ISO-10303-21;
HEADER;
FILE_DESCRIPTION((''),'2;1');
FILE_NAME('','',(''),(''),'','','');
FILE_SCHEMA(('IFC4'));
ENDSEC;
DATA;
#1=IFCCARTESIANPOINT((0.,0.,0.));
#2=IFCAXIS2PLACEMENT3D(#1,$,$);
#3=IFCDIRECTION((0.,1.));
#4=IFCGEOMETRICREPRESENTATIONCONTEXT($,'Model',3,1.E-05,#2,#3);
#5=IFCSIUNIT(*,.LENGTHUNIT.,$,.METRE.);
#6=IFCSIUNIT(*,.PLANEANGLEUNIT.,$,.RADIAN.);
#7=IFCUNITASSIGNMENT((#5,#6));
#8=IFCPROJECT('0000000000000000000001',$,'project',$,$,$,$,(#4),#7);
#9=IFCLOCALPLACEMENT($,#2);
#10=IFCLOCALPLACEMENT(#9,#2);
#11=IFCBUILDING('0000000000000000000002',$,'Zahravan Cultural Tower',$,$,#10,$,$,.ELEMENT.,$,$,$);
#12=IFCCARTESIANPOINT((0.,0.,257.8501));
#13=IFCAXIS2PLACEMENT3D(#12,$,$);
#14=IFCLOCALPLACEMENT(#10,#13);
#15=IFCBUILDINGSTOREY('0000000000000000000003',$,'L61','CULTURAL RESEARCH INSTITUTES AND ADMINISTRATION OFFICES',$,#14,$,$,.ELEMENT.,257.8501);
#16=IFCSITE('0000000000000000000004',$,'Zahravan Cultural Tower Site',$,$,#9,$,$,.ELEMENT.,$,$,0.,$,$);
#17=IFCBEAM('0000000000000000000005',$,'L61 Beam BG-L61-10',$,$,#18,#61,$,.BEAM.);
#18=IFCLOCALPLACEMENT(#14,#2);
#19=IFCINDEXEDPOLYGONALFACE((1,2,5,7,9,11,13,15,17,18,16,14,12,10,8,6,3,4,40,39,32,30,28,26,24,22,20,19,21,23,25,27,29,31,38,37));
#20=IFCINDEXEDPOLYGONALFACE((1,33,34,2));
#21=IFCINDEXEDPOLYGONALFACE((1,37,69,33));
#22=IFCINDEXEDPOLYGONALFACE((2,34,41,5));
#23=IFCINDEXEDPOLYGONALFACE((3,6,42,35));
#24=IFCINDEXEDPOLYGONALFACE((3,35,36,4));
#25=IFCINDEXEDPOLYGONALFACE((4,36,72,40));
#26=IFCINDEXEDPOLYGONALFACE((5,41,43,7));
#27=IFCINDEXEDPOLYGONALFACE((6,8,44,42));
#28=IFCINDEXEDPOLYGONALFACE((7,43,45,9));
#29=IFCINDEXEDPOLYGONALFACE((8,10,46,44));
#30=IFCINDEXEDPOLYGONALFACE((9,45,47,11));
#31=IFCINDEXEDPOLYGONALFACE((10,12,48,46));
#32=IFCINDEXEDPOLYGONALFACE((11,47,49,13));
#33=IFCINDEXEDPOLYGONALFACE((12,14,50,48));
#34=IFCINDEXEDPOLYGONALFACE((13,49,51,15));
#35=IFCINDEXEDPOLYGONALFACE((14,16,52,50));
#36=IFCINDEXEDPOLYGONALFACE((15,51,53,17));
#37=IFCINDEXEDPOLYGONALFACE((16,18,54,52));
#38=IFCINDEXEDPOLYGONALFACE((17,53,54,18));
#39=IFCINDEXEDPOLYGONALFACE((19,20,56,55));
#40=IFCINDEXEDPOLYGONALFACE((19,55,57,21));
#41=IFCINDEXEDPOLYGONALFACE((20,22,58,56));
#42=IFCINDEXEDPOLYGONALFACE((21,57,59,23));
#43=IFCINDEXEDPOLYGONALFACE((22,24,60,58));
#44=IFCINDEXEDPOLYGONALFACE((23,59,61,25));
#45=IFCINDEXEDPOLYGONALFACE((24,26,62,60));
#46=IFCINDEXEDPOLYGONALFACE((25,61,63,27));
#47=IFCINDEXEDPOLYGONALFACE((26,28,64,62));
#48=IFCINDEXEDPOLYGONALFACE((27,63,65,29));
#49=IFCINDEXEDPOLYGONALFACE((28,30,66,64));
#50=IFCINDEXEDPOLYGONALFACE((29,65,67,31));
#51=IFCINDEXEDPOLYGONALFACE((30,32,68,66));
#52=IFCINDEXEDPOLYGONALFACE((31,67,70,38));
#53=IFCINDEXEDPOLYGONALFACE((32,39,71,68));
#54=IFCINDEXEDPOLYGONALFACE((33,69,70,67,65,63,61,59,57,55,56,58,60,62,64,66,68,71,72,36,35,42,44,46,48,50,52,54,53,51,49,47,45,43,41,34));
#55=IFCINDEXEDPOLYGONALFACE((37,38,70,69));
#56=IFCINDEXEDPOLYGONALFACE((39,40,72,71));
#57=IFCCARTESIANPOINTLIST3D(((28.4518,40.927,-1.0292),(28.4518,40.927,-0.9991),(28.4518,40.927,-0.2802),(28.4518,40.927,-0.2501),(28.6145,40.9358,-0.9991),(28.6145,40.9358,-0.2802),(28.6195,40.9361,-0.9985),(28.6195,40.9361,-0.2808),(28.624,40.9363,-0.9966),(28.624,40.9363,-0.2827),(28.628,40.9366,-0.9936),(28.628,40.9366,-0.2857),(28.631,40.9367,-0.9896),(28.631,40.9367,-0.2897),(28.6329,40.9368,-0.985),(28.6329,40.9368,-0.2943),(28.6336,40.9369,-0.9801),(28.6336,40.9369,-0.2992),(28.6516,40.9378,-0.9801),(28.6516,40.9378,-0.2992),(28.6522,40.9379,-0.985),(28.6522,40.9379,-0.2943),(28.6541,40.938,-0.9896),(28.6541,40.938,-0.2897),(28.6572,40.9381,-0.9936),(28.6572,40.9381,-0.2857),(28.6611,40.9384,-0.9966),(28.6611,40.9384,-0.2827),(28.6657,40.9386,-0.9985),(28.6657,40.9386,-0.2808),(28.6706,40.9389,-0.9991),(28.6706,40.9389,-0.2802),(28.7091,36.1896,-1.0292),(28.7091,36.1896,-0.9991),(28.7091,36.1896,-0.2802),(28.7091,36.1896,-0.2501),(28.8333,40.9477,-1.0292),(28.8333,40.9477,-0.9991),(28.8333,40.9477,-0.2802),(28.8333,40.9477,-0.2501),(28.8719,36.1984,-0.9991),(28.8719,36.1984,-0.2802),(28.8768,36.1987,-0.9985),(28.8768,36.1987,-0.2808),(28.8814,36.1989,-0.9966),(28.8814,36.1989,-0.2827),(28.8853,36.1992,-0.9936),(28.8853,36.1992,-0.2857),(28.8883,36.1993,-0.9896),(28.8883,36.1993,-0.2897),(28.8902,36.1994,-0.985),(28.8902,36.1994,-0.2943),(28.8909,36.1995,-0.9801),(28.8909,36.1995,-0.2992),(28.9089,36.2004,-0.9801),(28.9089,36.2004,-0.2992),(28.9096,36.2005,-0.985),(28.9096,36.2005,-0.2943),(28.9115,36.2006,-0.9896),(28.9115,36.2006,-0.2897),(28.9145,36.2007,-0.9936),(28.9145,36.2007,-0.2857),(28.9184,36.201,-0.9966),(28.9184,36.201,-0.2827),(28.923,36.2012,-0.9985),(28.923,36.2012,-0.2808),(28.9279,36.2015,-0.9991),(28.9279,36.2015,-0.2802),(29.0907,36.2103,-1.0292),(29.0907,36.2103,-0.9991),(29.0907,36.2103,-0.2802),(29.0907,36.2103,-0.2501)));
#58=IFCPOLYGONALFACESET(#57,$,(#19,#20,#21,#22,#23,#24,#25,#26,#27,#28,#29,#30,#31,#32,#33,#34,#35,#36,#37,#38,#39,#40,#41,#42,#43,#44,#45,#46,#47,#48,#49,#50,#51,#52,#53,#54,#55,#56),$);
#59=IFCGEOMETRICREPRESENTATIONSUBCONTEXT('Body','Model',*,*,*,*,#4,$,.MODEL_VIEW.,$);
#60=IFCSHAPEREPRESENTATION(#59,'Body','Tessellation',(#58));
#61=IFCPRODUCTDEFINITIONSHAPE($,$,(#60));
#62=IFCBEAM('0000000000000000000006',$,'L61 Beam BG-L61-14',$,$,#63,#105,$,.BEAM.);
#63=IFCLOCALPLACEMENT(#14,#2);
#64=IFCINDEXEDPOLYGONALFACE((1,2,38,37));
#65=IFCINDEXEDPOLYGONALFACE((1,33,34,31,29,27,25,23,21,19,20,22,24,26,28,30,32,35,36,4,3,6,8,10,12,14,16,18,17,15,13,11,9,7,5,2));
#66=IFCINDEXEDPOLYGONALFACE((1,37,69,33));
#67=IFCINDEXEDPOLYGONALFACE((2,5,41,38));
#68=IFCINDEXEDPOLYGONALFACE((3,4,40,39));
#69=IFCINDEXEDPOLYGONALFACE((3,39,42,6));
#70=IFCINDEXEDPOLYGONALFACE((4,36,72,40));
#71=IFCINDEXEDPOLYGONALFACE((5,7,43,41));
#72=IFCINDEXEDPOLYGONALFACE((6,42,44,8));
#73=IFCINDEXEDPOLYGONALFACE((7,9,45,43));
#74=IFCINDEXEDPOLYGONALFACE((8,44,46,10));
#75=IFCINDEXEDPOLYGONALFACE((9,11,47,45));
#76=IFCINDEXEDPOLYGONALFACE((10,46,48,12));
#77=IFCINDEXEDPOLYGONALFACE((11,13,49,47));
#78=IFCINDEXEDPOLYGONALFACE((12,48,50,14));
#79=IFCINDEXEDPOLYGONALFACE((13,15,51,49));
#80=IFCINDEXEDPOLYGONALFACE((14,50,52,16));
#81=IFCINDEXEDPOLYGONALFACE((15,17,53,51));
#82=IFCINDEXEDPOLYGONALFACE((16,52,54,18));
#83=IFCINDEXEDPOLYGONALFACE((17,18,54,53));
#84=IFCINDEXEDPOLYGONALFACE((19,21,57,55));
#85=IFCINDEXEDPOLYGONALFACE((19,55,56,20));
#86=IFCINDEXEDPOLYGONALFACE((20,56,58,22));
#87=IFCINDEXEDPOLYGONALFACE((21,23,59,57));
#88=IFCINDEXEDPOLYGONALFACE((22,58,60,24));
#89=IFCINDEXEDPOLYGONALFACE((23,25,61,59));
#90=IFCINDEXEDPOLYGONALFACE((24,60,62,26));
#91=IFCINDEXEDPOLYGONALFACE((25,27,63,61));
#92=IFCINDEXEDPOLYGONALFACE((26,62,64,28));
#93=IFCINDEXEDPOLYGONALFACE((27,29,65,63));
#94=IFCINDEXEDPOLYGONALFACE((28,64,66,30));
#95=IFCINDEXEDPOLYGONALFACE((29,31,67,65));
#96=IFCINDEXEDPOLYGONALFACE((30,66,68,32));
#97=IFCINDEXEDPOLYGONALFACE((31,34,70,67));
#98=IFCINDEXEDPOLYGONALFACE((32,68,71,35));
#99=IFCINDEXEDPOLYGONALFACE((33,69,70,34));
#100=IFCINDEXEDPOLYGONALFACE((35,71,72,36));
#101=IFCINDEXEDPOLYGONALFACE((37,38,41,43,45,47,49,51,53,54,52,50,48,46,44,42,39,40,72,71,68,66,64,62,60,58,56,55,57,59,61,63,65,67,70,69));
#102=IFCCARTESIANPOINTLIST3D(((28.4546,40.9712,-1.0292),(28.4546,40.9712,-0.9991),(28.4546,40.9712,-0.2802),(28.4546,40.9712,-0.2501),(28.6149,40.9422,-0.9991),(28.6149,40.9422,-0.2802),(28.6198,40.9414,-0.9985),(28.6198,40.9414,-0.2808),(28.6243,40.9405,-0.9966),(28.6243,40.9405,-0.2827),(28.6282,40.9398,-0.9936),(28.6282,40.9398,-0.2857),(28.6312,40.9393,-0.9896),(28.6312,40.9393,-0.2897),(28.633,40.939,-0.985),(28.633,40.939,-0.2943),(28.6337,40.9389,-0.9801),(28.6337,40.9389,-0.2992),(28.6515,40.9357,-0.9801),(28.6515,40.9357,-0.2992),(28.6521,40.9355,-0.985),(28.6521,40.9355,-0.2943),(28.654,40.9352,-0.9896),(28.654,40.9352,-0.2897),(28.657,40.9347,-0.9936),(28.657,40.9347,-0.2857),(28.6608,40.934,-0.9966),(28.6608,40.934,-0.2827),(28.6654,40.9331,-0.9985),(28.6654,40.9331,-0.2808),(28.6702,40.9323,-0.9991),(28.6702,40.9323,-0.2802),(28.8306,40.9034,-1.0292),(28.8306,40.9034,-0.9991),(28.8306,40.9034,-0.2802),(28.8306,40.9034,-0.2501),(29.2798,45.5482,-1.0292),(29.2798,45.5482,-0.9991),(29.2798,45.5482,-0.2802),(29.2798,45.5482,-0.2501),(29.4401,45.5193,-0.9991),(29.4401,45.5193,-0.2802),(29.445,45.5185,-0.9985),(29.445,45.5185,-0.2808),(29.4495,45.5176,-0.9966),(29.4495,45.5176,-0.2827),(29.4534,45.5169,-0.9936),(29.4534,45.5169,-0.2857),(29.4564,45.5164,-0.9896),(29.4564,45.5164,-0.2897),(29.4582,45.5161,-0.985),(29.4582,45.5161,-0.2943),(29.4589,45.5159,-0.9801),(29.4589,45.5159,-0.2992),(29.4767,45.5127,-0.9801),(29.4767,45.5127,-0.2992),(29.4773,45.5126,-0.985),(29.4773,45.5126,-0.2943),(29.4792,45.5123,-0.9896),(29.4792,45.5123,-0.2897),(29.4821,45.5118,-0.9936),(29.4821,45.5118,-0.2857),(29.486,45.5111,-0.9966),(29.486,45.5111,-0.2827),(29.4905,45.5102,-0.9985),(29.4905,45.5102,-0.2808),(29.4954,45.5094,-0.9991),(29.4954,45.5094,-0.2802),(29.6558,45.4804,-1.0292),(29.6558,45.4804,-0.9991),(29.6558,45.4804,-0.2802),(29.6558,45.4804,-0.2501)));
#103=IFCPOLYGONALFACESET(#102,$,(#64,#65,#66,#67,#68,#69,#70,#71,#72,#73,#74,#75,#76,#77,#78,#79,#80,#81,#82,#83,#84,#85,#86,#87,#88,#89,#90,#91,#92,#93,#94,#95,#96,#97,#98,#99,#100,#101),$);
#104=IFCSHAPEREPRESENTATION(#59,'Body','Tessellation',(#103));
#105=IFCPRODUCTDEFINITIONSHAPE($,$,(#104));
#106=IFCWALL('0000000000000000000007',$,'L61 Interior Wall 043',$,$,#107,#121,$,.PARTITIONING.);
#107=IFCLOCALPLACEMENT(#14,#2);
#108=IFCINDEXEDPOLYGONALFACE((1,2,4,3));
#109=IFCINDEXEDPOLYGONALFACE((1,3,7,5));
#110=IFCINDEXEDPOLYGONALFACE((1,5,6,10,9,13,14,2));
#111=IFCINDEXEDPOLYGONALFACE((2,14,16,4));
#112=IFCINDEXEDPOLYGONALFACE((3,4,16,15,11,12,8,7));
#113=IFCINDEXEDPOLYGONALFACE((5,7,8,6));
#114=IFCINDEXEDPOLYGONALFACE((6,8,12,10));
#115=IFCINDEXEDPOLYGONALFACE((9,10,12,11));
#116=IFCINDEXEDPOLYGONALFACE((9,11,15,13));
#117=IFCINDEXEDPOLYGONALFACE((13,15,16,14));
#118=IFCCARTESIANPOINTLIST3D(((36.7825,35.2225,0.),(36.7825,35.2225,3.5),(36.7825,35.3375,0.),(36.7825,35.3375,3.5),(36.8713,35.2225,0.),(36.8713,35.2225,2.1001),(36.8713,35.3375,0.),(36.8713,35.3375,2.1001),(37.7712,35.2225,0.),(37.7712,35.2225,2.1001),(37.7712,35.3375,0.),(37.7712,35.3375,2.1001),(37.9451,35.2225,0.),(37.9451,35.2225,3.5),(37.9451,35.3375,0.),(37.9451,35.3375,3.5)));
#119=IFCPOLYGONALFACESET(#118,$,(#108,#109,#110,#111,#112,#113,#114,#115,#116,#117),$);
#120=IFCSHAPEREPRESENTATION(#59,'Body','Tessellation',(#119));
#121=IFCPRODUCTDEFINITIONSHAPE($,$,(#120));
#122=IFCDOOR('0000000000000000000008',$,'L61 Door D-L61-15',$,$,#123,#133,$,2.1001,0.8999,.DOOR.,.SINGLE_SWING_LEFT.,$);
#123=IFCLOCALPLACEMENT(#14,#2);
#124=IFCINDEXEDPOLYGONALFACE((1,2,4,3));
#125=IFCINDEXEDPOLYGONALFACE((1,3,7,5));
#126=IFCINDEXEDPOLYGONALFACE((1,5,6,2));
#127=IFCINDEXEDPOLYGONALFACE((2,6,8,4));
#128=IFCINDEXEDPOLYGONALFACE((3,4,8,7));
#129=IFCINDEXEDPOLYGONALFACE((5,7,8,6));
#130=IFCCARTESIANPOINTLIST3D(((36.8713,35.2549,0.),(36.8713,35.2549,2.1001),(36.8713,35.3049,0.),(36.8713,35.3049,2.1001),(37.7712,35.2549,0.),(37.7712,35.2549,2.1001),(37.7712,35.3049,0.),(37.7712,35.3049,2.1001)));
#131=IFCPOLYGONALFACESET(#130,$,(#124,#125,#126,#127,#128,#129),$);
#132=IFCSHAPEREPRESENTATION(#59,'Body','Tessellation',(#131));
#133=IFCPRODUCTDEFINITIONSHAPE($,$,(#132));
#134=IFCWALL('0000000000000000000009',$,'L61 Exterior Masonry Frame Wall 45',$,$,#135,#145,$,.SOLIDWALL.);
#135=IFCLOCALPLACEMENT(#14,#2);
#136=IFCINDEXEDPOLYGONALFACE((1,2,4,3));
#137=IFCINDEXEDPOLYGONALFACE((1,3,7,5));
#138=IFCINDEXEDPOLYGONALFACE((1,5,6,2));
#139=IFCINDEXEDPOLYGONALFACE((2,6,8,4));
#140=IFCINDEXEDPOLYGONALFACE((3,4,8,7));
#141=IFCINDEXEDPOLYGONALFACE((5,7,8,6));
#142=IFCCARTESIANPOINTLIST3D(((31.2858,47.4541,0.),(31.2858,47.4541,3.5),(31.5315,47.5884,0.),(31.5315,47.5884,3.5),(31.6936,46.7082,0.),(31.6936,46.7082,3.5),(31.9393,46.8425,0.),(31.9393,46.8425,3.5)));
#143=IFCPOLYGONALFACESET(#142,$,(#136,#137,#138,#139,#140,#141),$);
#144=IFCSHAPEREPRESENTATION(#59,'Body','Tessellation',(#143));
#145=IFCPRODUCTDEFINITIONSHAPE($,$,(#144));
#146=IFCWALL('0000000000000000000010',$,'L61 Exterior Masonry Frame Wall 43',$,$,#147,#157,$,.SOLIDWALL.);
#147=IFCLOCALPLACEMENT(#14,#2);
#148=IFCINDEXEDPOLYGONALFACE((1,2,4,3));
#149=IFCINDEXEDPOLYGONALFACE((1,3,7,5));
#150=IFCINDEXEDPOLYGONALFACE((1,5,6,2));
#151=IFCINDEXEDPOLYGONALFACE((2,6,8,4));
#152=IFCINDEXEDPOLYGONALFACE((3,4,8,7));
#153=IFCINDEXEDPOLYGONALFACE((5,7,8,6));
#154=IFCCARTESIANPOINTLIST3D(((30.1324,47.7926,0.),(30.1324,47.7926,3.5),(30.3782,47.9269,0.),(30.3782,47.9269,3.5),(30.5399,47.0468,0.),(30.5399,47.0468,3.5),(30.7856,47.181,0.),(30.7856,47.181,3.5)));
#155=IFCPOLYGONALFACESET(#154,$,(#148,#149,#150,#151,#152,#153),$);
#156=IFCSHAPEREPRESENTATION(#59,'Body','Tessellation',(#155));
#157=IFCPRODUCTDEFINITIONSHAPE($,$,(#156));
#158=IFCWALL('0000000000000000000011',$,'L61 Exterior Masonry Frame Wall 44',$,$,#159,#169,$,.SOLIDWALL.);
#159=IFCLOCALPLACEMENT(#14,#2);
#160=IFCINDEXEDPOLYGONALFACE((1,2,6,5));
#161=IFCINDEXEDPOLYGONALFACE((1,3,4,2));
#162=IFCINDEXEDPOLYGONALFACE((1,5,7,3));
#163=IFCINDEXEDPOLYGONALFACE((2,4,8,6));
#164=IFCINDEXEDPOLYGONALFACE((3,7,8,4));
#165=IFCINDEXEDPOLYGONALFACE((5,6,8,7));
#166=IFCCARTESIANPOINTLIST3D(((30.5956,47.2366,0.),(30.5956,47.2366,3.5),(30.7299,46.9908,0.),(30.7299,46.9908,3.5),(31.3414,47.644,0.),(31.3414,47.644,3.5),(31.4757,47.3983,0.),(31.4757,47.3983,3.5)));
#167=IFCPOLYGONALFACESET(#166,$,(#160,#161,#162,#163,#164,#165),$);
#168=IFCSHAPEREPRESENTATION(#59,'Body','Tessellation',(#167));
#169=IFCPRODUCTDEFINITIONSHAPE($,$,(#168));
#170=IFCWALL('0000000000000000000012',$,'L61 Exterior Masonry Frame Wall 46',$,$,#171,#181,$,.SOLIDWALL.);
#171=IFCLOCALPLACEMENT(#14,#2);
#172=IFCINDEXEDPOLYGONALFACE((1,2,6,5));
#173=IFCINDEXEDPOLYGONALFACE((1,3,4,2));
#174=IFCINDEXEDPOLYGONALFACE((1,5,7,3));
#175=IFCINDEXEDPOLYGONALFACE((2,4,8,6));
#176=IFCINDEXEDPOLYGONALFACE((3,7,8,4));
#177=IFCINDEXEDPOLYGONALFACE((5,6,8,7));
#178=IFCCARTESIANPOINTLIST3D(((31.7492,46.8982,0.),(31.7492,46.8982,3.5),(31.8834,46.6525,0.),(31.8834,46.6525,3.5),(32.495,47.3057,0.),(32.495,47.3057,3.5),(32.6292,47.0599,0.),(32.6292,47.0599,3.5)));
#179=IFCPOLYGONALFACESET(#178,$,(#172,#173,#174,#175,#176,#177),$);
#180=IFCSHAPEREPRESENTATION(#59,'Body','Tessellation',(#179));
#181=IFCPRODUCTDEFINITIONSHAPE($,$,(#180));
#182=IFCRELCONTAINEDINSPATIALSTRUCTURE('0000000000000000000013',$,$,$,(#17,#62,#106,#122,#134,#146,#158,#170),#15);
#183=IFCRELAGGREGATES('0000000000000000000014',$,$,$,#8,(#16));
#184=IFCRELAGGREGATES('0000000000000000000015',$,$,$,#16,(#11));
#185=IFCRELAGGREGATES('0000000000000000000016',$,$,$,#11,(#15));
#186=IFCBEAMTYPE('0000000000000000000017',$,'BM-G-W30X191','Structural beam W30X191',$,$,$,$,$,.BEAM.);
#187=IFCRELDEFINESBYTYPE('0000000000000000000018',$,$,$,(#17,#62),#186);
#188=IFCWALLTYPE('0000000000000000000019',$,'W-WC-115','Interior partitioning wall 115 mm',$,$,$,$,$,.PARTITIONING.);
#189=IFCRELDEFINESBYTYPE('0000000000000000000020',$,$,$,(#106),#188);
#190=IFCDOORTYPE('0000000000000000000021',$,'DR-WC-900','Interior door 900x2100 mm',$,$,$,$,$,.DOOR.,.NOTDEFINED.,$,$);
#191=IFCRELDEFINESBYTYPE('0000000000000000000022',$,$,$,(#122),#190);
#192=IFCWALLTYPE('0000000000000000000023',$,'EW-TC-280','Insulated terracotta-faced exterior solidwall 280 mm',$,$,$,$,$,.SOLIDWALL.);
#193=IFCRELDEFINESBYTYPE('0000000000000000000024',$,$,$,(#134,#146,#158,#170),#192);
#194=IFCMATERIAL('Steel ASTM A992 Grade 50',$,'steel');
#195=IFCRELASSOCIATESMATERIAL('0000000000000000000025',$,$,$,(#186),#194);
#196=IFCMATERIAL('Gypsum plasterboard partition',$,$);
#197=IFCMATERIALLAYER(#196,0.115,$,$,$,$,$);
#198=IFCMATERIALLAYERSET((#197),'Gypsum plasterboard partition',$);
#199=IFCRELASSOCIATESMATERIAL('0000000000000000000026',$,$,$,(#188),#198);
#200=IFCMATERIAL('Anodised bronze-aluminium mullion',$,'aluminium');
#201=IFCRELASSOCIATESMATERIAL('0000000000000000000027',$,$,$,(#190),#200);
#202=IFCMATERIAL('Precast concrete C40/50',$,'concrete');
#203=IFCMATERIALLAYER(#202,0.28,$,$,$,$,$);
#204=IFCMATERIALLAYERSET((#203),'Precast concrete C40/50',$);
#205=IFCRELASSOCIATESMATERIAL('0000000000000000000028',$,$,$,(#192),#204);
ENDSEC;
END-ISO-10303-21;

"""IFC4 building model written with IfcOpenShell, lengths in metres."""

from ifc_helpers import new_model, si_unit, direction, frame, frame_2d, origin, origin_2d, place, context, subcontext, project, spatial, rectangle, i_section, extrude, source, transform, mapped, material, layer, layer_set, material_profile, profile_set, type_object, element, fill, save


model = new_model("IFC4")

# Units and contexts
model_context = context("Model", 3, precision=1e-05, world=origin(), true_north=direction((0.0, 1.0)))
body_context = subcontext(model_context, "Body", "Model", "MODEL_VIEW")
ifc_project = project(units=[si_unit("LENGTHUNIT", "METRE"), si_unit("PLANEANGLEUNIT", "RADIAN")], contexts=[model_context])

# Site, building, storey
site_placement = place(None, origin())
site = spatial("IfcSite", under=ifc_project, at=site_placement, Name="Zahravan Cultural Tower Site", CompositionType="ELEMENT", RefElevation=0.0)
building_placement = place(site_placement, origin())
building = spatial("IfcBuilding", under=site, at=building_placement, Name="Zahravan Cultural Tower", CompositionType="ELEMENT")
storey_placement = place(building_placement, frame((0.0, 0.0, 257.8501)))
storey = spatial("IfcBuildingStorey", under=building, at=storey_placement, Name="L61", Description="CULTURAL RESEARCH INSTITUTES AND ADMINISTRATION OFFICES", CompositionType="ELEMENT", Elevation=257.8501)

# Shared definitions
ifc_material_1 = material(Name="Steel ASTM A992 Grade 50", Category="steel")

# Beams
ifc_material_profile_1 = material_profile(ifc_material_1, i_section(OverallWidth=0.3821, OverallDepth=0.7791, WebThickness=0.0181, FlangeThickness=0.03, FilletRadius=0.019, at=origin_2d()), Name="W30X191")
ifc_profile_set_1 = profile_set([ifc_material_profile_1], Name="Steel ASTM A992 Grade 50")
beam_type_1 = type_object("IfcBeamType", Name="BM-G-W30X191", Description="Structural beam W30X191", PredefinedType="BEAM", material=ifc_profile_set_1)
shared_shape_1 = source(origin(), body_context, "Body", "SweptSolid", [
    extrude(i_section(OverallWidth=0.3821, OverallDepth=0.7791, WebThickness=0.0181, FlangeThickness=0.03, FilletRadius=0.019, at=origin_2d()), origin(), (0.0, 0.0, 1.0), 4.7444),
])
beam_1_placement = place(storey_placement, frame((28.8999, 36.2, -0.6396), z_axis=(-0.054239, 0.998528, 0.0), x_axis=(-0.998528, -0.054239, 0.0)))
element("IfcBeam", 1, at=beam_1_placement, inside=storey, type_object=beam_type_1, Name="L61 Beam BG-L61-10", PredefinedType="BEAM", context=body_context, shape_type="MappedRepresentation", body=[
    mapped(shared_shape_1, transform((0.0, 0.0, 0.0), x_axis=(1.0, 0.0, 0.0), y_axis=(0.0, 1.0, 0.0), z_axis=(0.0, 0.0, 1.0), scale=1.0)),
])
shared_shape_2 = source(origin(), body_context, "Body", "SweptSolid", [
    extrude(i_section(OverallWidth=0.3821, OverallDepth=0.7791, WebThickness=0.0181, FlangeThickness=0.03, FilletRadius=0.019, at=origin_2d()), origin(), (0.0, 0.0, 1.0), 4.6509),
])
beam_2_placement = place(storey_placement, frame((28.6426, 40.9373, -0.6396), z_axis=(0.177426, 0.984134, 0.0), x_axis=(-0.984134, 0.177426, 0.0)))
element("IfcBeam", 2, at=beam_2_placement, inside=storey, type_object=beam_type_1, Name="L61 Beam BG-L61-14", PredefinedType="BEAM", context=body_context, shape_type="MappedRepresentation", body=[
    mapped(shared_shape_2, transform((0.0, 0.0, 0.0), x_axis=(1.0, 0.0, 0.0), y_axis=(0.0, 1.0, 0.0), z_axis=(0.0, 0.0, 1.0), scale=1.0)),
])

# Wall, opening, door
ifc_material_2 = material(Name="Gypsum plasterboard partition")
ifc_layer_1 = layer(ifc_material_2, 0.115)
ifc_layer_set_1 = layer_set([ifc_layer_1], Name="Gypsum plasterboard partition")
wall_type_1 = type_object("IfcWallType", Name="W-WC-115", Description="Interior partitioning wall 115 mm", PredefinedType="PARTITIONING", material=ifc_layer_set_1)
wall_1_placement = place(storey_placement, frame((36.7825, 35.28, 0.0), z_axis=(0.0, 0.0, 1.0), x_axis=(1.0, 0.0, 0.0)))
wall_1 = element("IfcWall", 3, at=wall_1_placement, inside=storey, type_object=wall_type_1, Name="L61 Interior Wall 043", PredefinedType="PARTITIONING", context=body_context, shape_type="SweptSolid", body=[
    extrude(rectangle(XDim=1.1626, YDim=0.115, at=frame_2d((0.5813, 0.0))), origin(), (0.0, 0.0, 1.0), 3.5),
])
opening_placement = place(wall_1_placement, frame((0.0889, 0.0, 0.0)))
opening = element("IfcOpeningElement", 4, at=opening_placement, cuts=wall_1, PredefinedType="OPENING", context=body_context, shape_type="SweptSolid", body=[
    extrude(rectangle(XDim=0.8999, YDim=2.1001, at=frame_2d((0.45, 1.05))), frame((0.0, 0.0674, 0.0), z_axis=(0.0, -1.0, 0.0), x_axis=(1.0, 0.0, 0.0)), (0.0, 0.0, 1.0), 0.135),
])
ifc_material_3 = material(Name="Anodised bronze-aluminium mullion", Category="aluminium")
door_type = type_object("IfcDoorType", Name="DR-WC-900", Description="Interior door 900x2100 mm", OperationType="NOTDEFINED", PredefinedType="DOOR", material=ifc_material_3)
shared_shape_3 = source(origin(), body_context, "Body", "SweptSolid", [
    extrude(rectangle(XDim=0.8999, YDim=2.1001, at=frame_2d((0.45, 1.05))), frame((0.0, 0.0249, 0.0), z_axis=(0.0, -1.0, 0.0), x_axis=(1.0, 0.0, 0.0)), (0.0, 0.0, 1.0), 0.05),
])
door_placement = place(opening_placement, origin())
door = element("IfcDoor", 5, at=door_placement, inside=storey, type_object=door_type, Name="L61 Door D-L61-15", OperationType="SINGLE_SWING_LEFT", OverallHeight=2.1001, OverallWidth=0.8999, PredefinedType="DOOR", context=body_context, shape_type="MappedRepresentation", body=[
    mapped(shared_shape_3, transform((0.0, 0.0, 0.0), x_axis=(1.0, 0.0, 0.0), y_axis=(0.0, 1.0, 0.0), z_axis=(0.0, 0.0, 1.0), scale=1.0)),
])
fill(opening, door)

# Walls
ifc_material_4 = material(Name="Precast concrete C40/50", Category="concrete")
ifc_layer_2 = layer(ifc_material_4, 0.28)
ifc_layer_set_2 = layer_set([ifc_layer_2], Name="Precast concrete C40/50")
wall_type_2 = type_object("IfcWallType", Name="EW-TC-280", Description="Insulated terracotta-faced exterior solidwall 280 mm", PredefinedType="SOLIDWALL", material=ifc_layer_set_2)
shared_shape_4 = source(origin(), body_context, "Body", "SweptSolid", [
    extrude(rectangle(XDim=0.8501, YDim=0.28, at=frame_2d((0.425, 0.0))), origin(), (0.0, 0.0, 1.0), 3.5),
])
wall_2_placement = place(storey_placement, frame((31.4087, 47.5212, 0.0), z_axis=(0.0, 0.0, 1.0), x_axis=(0.479657, -0.877456, 0.0)))
element("IfcWall", 6, at=wall_2_placement, inside=storey, type_object=wall_type_2, Name="L61 Exterior Masonry Frame Wall 45", PredefinedType="SOLIDWALL", context=body_context, shape_type="MappedRepresentation", body=[
    mapped(shared_shape_4, transform((0.0, 0.0, 0.0), x_axis=(1.0, 0.0, 0.0), y_axis=(0.0, 1.0, 0.0), z_axis=(0.0, 0.0, 1.0), scale=1.0)),
])
shared_shape_5 = source(origin(), body_context, "Body", "SweptSolid", [
    extrude(rectangle(XDim=0.8499, YDim=0.28, at=frame_2d((0.4248, 0.0))), origin(), (0.0, 0.0, 1.0), 3.5),
])
for number, where, z_axis, x_axis, name in (
    (7, (30.2554, 47.8596, 0.0), (0.0, 0.0, 1.0), (0.479436, -0.877577, 0.0), "L61 Exterior Masonry Frame Wall 43"),
    (8, (30.6628, 47.1138, 0.0), (0.0, 0.0, 1.0), (0.877577, 0.479436, 0.0), "L61 Exterior Masonry Frame Wall 44"),
    (9, (31.8164, 46.7754, 0.0), (0.0, 0.0, 1.0), (0.877577, 0.479436, 0.0), "L61 Exterior Masonry Frame Wall 46"),
):
    element("IfcWall", number, at=place(storey_placement, frame(where, z_axis=z_axis, x_axis=x_axis)), inside=storey, type_object=wall_type_2, Name=name, PredefinedType="SOLIDWALL", context=body_context, shape_type="MappedRepresentation", body=[
        mapped(shared_shape_5, transform((0.0, 0.0, 0.0), x_axis=(1.0, 0.0, 0.0), y_axis=(0.0, 1.0, 0.0), z_axis=(0.0, 0.0, 1.0), scale=1.0)),
    ])

save(model, "model.ifc")
